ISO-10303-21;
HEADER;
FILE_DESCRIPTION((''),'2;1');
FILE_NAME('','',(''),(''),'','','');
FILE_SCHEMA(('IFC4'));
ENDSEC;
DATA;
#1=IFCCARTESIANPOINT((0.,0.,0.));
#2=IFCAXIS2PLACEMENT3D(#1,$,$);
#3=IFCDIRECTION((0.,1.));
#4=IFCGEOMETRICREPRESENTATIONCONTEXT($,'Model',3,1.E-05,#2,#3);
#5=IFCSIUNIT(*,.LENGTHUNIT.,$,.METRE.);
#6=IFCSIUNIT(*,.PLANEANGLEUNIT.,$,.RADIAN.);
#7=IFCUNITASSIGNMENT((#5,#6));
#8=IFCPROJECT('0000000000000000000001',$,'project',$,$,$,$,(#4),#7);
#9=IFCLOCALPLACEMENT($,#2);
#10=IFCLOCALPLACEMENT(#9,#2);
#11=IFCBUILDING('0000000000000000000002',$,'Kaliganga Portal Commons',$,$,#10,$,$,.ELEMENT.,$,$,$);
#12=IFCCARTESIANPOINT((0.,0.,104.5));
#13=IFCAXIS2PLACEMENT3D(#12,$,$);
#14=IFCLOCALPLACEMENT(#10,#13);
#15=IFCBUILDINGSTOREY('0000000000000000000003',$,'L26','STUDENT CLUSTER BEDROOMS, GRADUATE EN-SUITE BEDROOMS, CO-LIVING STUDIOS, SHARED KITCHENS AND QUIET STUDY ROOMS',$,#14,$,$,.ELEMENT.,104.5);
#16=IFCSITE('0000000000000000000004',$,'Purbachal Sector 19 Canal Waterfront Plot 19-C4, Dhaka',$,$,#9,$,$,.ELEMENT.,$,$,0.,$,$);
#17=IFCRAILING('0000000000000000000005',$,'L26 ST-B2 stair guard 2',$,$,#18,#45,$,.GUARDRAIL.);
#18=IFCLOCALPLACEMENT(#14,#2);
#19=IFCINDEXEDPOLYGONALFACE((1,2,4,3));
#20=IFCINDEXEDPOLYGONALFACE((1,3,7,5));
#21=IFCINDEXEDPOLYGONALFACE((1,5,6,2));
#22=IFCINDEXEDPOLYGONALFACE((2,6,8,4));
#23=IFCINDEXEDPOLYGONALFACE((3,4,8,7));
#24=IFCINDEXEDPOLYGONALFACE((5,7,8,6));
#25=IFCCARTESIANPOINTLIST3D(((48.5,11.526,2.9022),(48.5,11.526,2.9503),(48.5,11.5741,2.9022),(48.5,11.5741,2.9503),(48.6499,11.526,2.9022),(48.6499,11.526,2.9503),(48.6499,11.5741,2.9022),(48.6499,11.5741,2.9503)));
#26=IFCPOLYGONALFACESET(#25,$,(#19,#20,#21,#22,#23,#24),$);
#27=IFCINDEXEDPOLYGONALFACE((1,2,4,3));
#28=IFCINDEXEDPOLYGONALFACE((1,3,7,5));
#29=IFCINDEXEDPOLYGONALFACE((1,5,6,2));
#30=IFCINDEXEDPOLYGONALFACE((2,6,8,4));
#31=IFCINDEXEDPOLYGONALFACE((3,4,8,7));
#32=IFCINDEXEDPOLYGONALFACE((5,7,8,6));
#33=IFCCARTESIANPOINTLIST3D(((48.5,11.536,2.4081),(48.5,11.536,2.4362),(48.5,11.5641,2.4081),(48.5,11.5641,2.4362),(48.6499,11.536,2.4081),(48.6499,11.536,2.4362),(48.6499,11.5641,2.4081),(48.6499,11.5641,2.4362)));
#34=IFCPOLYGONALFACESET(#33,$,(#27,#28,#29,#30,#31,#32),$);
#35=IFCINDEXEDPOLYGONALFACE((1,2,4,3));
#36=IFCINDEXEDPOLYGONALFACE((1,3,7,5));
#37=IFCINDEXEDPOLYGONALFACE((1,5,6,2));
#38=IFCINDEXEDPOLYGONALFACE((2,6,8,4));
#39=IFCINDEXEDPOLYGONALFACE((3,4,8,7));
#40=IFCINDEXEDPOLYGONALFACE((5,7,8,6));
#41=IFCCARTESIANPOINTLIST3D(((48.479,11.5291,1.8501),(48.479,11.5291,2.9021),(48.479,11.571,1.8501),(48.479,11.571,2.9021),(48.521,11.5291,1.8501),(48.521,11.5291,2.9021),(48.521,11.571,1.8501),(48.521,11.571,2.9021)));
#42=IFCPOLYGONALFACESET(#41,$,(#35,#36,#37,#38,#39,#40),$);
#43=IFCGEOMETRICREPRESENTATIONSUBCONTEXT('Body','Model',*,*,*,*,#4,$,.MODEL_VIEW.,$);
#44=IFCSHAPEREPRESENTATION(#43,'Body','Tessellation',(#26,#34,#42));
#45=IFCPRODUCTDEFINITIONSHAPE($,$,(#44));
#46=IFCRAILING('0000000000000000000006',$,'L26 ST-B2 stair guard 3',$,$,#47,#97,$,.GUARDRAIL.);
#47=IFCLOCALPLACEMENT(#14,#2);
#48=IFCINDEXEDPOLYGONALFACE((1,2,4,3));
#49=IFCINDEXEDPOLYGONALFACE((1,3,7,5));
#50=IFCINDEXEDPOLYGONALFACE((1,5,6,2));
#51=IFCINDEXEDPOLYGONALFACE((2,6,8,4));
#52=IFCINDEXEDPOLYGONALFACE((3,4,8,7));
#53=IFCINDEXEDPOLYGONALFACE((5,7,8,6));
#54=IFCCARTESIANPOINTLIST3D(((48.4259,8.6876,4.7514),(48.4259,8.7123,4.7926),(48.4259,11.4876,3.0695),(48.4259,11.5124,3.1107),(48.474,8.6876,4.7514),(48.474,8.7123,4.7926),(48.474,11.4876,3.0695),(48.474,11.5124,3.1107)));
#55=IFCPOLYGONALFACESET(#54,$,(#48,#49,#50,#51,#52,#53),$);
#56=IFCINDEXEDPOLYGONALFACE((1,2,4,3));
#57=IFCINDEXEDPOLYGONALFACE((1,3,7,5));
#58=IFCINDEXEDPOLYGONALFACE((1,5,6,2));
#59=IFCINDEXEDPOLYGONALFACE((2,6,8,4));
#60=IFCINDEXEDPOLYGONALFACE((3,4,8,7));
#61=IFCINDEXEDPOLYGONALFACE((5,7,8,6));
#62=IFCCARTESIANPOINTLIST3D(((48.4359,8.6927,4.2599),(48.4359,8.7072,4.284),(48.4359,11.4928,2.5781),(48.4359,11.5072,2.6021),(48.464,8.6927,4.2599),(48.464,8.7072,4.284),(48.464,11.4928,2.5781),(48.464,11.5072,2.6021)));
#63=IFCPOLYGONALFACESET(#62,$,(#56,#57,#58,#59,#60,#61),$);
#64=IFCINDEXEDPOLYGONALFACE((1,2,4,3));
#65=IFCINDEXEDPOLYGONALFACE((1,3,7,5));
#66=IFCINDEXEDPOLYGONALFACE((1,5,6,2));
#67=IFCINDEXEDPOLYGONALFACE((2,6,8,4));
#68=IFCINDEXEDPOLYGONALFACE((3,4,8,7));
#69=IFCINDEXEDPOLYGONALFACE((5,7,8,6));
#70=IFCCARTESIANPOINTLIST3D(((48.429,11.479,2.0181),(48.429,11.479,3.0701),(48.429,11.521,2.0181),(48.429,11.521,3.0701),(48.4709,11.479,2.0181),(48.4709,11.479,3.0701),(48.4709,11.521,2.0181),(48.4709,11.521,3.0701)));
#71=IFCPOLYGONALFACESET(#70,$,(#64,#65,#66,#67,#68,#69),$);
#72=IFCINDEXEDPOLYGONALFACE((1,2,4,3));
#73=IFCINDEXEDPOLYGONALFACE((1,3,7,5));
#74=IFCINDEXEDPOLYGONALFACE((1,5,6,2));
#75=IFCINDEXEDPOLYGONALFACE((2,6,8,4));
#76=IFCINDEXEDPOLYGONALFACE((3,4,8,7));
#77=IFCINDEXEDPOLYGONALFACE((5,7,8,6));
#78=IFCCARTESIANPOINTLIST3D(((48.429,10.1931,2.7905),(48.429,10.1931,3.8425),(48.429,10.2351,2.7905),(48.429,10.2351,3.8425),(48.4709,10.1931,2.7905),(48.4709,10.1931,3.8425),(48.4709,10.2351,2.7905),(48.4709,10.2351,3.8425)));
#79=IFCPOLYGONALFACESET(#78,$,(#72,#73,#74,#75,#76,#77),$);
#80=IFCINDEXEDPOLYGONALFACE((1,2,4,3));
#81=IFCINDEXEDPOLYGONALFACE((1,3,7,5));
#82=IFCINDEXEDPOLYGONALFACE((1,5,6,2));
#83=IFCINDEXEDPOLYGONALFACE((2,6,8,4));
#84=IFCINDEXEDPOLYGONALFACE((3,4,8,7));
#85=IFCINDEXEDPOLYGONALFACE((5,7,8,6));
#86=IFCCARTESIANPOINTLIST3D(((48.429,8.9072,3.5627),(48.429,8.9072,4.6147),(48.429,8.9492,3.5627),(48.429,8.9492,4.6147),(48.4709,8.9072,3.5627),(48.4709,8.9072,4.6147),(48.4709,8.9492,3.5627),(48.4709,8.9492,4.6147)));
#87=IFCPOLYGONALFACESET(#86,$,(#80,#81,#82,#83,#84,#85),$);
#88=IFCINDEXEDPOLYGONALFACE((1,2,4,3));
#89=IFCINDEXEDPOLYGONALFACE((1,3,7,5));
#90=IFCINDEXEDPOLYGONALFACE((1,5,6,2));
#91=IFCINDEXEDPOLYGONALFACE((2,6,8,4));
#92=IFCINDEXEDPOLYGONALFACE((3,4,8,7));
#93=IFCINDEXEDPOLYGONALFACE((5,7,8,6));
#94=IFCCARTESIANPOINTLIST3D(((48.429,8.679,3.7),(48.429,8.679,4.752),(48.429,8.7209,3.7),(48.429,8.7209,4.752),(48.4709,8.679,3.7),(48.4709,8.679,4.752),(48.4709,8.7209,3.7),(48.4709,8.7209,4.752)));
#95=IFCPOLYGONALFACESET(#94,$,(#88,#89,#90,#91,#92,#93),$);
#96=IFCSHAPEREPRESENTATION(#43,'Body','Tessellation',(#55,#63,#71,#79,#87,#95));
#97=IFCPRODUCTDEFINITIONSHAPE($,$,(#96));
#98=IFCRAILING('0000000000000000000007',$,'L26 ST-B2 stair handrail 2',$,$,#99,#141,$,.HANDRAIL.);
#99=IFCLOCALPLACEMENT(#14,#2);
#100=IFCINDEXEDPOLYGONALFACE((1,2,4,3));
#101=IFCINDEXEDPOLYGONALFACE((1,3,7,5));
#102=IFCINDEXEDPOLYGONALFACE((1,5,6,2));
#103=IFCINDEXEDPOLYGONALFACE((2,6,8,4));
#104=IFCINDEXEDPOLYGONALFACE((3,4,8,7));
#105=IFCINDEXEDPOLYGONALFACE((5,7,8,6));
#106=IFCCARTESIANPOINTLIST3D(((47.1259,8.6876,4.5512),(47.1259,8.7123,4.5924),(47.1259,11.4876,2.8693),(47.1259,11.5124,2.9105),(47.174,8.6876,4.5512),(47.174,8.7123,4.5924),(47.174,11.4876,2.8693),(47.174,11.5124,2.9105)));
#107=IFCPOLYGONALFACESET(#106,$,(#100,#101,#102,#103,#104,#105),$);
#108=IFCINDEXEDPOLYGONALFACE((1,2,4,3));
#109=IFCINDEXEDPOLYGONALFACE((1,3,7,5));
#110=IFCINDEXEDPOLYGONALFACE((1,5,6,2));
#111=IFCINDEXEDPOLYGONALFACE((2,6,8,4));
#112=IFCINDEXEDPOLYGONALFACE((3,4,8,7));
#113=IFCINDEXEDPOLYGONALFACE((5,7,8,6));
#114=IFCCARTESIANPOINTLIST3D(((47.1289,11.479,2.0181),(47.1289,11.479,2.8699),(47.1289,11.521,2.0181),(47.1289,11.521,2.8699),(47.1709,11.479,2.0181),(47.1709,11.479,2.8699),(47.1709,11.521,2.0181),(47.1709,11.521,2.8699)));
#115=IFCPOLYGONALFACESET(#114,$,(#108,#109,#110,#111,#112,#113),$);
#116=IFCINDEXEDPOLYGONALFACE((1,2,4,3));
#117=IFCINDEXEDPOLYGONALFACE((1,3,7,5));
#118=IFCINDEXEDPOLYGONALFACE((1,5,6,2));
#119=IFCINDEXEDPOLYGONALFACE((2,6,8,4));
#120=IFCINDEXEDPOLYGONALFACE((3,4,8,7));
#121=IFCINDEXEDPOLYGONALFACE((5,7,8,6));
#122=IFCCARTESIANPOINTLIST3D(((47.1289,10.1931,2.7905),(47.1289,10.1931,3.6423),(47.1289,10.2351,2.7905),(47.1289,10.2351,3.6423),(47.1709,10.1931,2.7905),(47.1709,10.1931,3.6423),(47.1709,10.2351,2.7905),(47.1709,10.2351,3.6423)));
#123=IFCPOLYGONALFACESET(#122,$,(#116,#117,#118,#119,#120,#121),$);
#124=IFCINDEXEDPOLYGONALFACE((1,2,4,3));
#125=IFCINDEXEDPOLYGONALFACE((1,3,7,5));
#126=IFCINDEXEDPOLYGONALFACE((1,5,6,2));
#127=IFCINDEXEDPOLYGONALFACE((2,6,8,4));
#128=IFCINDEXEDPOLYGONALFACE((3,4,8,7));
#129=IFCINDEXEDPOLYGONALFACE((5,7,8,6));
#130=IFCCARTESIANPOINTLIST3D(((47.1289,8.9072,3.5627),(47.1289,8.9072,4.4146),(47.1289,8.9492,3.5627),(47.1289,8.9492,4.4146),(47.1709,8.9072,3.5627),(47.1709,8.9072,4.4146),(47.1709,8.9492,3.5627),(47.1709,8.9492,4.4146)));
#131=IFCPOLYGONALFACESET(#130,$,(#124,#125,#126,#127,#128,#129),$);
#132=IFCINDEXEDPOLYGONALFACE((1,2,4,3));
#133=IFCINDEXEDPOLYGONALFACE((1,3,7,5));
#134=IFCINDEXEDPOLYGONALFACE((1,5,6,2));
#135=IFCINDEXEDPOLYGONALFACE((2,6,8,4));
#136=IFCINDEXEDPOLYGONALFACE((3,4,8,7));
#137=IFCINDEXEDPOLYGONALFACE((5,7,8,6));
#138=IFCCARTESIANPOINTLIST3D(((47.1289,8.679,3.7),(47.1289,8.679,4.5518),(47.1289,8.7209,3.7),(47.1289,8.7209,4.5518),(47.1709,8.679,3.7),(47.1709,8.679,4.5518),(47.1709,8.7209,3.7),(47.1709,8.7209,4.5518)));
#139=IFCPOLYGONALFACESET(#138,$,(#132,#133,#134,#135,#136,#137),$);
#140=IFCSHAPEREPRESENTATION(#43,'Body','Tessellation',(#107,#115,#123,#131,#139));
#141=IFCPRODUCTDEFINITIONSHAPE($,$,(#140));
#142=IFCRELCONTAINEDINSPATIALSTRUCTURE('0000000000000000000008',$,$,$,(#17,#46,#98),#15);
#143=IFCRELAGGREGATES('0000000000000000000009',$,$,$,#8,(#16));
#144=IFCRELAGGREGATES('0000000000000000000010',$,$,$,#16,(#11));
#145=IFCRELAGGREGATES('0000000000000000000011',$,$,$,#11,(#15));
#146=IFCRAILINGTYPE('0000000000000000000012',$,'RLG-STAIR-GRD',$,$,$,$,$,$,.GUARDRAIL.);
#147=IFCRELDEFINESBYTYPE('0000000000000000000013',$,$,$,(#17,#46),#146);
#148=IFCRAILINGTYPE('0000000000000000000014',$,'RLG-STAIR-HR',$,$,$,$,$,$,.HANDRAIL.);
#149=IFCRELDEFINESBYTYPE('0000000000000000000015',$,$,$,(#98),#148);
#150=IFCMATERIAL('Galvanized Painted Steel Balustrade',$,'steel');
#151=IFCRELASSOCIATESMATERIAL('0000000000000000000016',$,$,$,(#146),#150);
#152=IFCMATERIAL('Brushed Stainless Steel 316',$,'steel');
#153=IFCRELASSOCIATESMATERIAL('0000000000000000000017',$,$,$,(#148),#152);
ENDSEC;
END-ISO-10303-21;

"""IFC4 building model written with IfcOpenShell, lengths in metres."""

from ifc_helpers import new_model, si_unit, direction, frame, origin, origin_2d, place, context, subcontext, project, spatial, rectangle, extrude, material, type_object, element, save


model = new_model("IFC4")

# Units and contexts
model_context = context("Model", 3, precision=1e-05, world=origin(), true_north=direction((0.0, 1.0)))
body_context = subcontext(model_context, "Body", "Model", "MODEL_VIEW")
ifc_project = project(units=[si_unit("LENGTHUNIT", "METRE"), si_unit("PLANEANGLEUNIT", "RADIAN")], contexts=[model_context])

# Site, building, storey
site_placement = place(None, origin())
site = spatial("IfcSite", under=ifc_project, at=site_placement, Name="Purbachal Sector 19 Canal Waterfront Plot 19-C4, Dhaka", CompositionType="ELEMENT", RefElevation=0.0)
building_placement = place(site_placement, origin())
building = spatial("IfcBuilding", under=site, at=building_placement, Name="Kaliganga Portal Commons", CompositionType="ELEMENT")
storey_placement = place(building_placement, frame((0.0, 0.0, 104.5)))
storey = spatial("IfcBuildingStorey", under=building, at=storey_placement, Name="L26", Description="STUDENT CLUSTER BEDROOMS, GRADUATE EN-SUITE BEDROOMS, CO-LIVING STUDIOS, SHARED KITCHENS AND QUIET STUDY ROOMS", CompositionType="ELEMENT", Elevation=104.5)

# Railings
ifc_material_1 = material(Name="Galvanized Painted Steel Balustrade", Category="steel")
railing_type_1 = type_object("IfcRailingType", Name="RLG-STAIR-GRD", PredefinedType="GUARDRAIL", material=ifc_material_1)
railing_1_placement = place(storey_placement, frame((48.6499, 11.55, 1.8501)))
element("IfcRailing", 1, at=railing_1_placement, inside=storey, type_object=railing_type_1, Name="L26 ST-B2 stair guard 2", PredefinedType="GUARDRAIL", context=body_context, shape_type="SweptSolid", body=[
    extrude(rectangle(XDim=0.0481, YDim=0.0481, at=origin_2d()), frame((0.0, 0.0, 1.0762), z_axis=(-1.0, 0.0, 0.0), x_axis=(0.0, -1.0, 0.0)), (0.0, 0.0, 1.0), 0.1499),
    extrude(rectangle(XDim=0.0281, YDim=0.0281, at=origin_2d()), frame((0.0, 0.0, 0.572), z_axis=(-1.0, 0.0, 0.0), x_axis=(0.0, -1.0, 0.0)), (0.0, 0.0, 1.0), 0.1499),
    extrude(rectangle(XDim=0.042, YDim=0.042, at=origin_2d()), frame((-0.1499, 0.0, 0.0)), (0.0, 0.0, 1.0), 1.052),
])
railing_2_placement = place(storey_placement, frame((48.45, 11.5, 2.0181)))
element("IfcRailing", 2, at=railing_2_placement, inside=storey, type_object=railing_type_1, Name="L26 ST-B2 stair guard 3", PredefinedType="GUARDRAIL", context=body_context, shape_type="SweptSolid", body=[
    extrude(rectangle(XDim=0.0481, YDim=0.0481, at=origin_2d()), frame((0.0, 0.0, 1.072), z_axis=(0.0, -0.857242, 0.514913), x_axis=(1.0, 0.0, 0.0)), (0.0, 0.0, 1.0), 3.2664),
    extrude(rectangle(XDim=0.0281, YDim=0.0281, at=origin_2d()), frame((0.0, 0.0, 0.572), z_axis=(0.0, -0.857242, 0.514913), x_axis=(1.0, 0.0, 0.0)), (0.0, 0.0, 1.0), 3.2664),
    extrude(rectangle(XDim=0.042, YDim=0.042, at=origin_2d()), origin(), (0.0, 0.0, 1.0), 1.052),
    extrude(rectangle(XDim=0.042, YDim=0.042, at=origin_2d()), frame((0.0, -1.2859, 0.7725)), (0.0, 0.0, 1.0), 1.052),
    extrude(rectangle(XDim=0.042, YDim=0.042, at=origin_2d()), frame((0.0, -2.5718, 1.5447)), (0.0, 0.0, 1.0), 1.052),
    extrude(rectangle(XDim=0.042, YDim=0.042, at=origin_2d()), frame((0.0, -2.8, 1.6819)), (0.0, 0.0, 1.0), 1.052),
])
ifc_material_2 = material(Name="Brushed Stainless Steel 316", Category="steel")
railing_type_2 = type_object("IfcRailingType", Name="RLG-STAIR-HR", PredefinedType="HANDRAIL", material=ifc_material_2)
railing_3_placement = place(storey_placement, frame((47.1499, 11.5, 2.0181)))
element("IfcRailing", 3, at=railing_3_placement, inside=storey, type_object=railing_type_2, Name="L26 ST-B2 stair handrail 2", PredefinedType="HANDRAIL", context=body_context, shape_type="SweptSolid", body=[
    extrude(rectangle(XDim=0.0481, YDim=0.0481, at=origin_2d()), frame((0.0, 0.0, 0.8718), z_axis=(0.0, -0.857242, 0.514913), x_axis=(1.0, 0.0, 0.0)), (0.0, 0.0, 1.0), 3.2664),
    extrude(rectangle(XDim=0.042, YDim=0.042, at=origin_2d()), origin(), (0.0, 0.0, 1.0), 0.8518),
    extrude(rectangle(XDim=0.042, YDim=0.042, at=origin_2d()), frame((0.0, -1.2859, 0.7725)), (0.0, 0.0, 1.0), 0.8518),
    extrude(rectangle(XDim=0.042, YDim=0.042, at=origin_2d()), frame((0.0, -2.5718, 1.5447)), (0.0, 0.0, 1.0), 0.8518),
    extrude(rectangle(XDim=0.042, YDim=0.042, at=origin_2d()), frame((0.0, -2.8, 1.6819)), (0.0, 0.0, 1.0), 0.8518),
])

save(model, "model.ifc")
